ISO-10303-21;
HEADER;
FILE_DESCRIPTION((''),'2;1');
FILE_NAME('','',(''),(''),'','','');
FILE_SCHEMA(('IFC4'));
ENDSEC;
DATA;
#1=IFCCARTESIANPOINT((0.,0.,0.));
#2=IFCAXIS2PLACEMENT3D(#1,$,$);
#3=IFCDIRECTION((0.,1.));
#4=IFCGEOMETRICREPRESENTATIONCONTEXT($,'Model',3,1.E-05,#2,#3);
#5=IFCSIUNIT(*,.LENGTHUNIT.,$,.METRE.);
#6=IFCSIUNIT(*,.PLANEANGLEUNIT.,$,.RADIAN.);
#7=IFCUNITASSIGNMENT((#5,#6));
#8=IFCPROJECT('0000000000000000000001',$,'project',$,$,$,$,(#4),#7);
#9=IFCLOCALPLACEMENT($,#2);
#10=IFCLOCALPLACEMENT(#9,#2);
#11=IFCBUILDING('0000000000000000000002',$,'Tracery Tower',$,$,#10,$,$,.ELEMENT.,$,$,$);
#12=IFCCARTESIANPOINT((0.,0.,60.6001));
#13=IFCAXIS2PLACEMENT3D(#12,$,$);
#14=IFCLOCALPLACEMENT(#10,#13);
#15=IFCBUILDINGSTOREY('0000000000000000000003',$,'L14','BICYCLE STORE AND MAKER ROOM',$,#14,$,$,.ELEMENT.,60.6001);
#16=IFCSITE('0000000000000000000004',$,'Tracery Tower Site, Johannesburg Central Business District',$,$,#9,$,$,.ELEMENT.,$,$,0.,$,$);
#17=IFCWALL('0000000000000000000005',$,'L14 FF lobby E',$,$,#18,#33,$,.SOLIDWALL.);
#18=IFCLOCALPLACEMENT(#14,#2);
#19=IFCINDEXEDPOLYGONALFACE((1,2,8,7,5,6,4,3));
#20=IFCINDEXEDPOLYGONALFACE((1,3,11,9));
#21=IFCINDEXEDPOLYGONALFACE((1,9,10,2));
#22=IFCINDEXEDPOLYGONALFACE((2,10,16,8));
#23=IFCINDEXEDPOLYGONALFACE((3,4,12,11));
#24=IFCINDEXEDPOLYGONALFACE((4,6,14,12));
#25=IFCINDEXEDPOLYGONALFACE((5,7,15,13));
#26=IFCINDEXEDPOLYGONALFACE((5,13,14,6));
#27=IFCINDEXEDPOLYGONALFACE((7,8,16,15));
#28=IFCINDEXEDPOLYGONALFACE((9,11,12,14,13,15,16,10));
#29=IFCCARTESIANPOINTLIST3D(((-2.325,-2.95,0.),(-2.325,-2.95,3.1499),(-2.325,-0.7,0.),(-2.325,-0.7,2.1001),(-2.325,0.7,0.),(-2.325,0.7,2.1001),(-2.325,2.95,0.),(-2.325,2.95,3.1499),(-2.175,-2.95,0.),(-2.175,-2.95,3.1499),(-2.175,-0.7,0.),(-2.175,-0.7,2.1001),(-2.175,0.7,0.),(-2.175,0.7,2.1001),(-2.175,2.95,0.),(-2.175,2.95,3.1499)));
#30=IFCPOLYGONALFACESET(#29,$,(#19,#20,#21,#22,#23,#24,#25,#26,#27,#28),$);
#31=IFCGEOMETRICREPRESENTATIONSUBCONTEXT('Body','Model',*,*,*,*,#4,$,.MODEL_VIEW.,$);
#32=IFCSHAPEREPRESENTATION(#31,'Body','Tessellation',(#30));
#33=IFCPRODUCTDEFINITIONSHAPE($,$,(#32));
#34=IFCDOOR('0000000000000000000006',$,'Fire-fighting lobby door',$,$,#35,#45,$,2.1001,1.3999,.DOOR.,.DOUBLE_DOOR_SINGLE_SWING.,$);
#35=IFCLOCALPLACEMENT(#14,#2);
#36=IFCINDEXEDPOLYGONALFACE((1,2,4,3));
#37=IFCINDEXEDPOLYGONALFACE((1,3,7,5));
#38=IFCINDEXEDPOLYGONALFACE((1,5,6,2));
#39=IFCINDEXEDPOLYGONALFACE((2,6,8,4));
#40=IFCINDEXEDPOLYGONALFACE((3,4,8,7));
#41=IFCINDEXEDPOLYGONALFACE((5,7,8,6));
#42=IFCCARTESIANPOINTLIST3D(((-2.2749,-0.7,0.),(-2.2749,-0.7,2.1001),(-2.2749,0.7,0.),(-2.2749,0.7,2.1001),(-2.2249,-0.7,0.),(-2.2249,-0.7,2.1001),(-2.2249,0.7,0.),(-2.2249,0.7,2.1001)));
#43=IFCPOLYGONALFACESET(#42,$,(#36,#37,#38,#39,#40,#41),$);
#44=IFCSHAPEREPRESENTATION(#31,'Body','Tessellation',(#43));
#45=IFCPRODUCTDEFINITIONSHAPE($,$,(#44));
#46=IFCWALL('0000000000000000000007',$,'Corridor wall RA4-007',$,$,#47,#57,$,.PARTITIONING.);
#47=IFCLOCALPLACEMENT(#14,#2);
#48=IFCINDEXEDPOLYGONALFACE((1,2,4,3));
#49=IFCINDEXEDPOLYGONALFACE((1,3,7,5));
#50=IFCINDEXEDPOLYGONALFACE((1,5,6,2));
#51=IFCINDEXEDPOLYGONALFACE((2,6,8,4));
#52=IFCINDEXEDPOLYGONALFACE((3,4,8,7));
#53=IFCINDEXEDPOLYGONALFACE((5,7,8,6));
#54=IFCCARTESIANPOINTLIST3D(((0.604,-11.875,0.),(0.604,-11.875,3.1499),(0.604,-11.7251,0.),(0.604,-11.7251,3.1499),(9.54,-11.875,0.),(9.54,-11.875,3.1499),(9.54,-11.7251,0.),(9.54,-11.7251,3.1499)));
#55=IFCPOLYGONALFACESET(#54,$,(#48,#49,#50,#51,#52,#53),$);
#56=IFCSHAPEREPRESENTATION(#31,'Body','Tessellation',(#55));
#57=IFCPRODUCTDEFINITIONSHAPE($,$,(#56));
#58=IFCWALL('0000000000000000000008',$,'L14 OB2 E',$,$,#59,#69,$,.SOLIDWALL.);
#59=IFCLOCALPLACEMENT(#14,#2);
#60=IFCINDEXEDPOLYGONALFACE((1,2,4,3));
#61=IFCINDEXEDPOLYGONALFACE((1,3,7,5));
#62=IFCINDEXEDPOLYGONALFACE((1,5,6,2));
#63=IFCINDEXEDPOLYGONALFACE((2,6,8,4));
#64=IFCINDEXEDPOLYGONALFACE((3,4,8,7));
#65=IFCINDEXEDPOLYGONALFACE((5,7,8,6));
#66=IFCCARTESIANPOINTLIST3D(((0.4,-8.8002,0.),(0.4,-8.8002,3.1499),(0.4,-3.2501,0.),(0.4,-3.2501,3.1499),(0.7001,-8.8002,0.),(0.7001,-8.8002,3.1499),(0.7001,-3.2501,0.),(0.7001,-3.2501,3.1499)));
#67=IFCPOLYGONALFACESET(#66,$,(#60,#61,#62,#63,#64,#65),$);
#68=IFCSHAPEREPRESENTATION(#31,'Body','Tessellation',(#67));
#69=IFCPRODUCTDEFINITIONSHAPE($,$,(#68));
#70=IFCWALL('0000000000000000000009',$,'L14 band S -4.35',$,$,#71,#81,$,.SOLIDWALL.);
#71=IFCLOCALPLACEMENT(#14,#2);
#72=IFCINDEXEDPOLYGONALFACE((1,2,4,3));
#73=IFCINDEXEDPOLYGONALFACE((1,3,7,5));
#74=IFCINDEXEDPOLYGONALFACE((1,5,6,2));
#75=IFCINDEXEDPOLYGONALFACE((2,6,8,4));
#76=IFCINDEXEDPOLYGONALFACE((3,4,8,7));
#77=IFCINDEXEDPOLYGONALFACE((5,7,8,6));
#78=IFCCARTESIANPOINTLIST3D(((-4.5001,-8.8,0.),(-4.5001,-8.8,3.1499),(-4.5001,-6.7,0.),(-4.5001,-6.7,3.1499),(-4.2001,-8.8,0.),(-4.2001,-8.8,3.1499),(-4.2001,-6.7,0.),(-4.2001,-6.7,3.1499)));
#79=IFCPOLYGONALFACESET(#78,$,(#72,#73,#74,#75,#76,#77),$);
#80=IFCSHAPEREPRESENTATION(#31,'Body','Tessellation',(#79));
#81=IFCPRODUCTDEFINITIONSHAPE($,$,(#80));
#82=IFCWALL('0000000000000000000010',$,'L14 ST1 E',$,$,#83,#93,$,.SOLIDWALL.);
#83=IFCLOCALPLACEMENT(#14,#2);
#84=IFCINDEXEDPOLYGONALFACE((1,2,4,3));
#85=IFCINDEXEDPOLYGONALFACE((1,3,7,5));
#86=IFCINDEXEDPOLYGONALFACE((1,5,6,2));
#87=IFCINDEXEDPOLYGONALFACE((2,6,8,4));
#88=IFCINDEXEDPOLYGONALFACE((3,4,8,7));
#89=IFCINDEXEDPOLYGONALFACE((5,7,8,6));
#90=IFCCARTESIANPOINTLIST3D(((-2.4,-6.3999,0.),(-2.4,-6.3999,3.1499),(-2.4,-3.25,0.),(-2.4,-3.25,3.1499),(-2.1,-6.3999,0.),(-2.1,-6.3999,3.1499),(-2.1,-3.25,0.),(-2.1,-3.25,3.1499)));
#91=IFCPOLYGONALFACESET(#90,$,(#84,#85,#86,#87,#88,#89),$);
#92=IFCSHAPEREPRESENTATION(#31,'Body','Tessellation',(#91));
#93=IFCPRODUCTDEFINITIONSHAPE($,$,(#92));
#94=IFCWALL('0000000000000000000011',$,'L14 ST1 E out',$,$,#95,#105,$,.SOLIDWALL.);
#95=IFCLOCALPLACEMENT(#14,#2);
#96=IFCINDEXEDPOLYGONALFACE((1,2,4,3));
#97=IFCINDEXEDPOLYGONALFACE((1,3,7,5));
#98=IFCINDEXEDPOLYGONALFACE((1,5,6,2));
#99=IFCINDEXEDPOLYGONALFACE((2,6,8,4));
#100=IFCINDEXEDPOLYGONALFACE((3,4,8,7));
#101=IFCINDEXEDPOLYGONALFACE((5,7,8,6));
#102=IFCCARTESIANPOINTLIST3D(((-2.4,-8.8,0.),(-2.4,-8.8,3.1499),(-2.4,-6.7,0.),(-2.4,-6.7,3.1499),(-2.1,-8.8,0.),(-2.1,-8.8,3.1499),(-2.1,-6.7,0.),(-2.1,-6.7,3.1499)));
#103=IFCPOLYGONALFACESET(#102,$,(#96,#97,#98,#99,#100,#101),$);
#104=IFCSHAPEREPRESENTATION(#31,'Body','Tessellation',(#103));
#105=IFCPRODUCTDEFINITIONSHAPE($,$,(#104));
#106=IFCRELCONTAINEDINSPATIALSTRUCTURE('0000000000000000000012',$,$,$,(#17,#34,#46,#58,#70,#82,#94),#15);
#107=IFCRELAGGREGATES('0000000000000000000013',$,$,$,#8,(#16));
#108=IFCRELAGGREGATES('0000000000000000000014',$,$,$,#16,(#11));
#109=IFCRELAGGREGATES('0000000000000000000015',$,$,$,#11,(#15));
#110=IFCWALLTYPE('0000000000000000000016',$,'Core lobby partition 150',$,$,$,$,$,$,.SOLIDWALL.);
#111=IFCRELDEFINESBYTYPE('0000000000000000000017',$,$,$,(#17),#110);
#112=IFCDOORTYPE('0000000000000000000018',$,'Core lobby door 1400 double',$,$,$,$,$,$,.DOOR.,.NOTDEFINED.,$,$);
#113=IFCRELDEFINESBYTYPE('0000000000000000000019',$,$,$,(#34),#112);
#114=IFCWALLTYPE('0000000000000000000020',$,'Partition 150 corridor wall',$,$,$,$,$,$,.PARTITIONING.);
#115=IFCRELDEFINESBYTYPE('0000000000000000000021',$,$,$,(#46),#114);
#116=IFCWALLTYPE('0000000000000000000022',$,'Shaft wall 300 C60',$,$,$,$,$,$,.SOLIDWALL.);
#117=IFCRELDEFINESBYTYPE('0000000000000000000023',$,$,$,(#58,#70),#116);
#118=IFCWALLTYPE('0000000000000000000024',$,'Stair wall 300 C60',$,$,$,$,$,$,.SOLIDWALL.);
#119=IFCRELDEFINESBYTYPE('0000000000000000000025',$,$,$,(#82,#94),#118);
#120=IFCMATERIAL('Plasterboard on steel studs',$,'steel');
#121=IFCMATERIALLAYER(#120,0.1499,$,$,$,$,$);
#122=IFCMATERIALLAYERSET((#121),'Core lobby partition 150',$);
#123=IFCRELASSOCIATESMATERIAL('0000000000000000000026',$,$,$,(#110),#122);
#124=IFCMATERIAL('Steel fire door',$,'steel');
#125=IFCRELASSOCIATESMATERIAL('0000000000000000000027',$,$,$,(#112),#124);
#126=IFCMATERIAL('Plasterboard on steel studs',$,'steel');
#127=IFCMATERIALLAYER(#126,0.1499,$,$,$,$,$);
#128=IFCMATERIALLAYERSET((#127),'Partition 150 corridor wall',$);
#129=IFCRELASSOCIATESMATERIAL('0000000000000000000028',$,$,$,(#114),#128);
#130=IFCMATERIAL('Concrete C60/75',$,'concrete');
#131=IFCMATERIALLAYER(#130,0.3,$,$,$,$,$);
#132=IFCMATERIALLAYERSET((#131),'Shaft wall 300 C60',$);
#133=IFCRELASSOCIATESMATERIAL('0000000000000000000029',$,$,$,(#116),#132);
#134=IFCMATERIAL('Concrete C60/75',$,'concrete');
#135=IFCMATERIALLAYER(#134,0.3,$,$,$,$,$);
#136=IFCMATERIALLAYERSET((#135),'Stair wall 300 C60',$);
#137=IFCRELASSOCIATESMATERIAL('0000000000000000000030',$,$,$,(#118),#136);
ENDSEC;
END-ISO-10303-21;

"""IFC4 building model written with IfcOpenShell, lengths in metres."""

from ifc_helpers import new_model, si_unit, direction, frame, frame_2d, origin, place, context, subcontext, project, spatial, rectangle, extrude, material, layer, layer_set, type_object, element, fill, save


model = new_model("IFC4")

# Units and contexts
model_context = context("Model", 3, precision=1e-05, world=origin(), true_north=direction((0.0, 1.0)))
body_context = subcontext(model_context, "Body", "Model", "MODEL_VIEW")
ifc_project = project(units=[si_unit("LENGTHUNIT", "METRE"), si_unit("PLANEANGLEUNIT", "RADIAN")], contexts=[model_context])

# Site, building, storey
site_placement = place(None, origin())
site = spatial("IfcSite", under=ifc_project, at=site_placement, Name="Tracery Tower Site, Johannesburg Central Business District", CompositionType="ELEMENT", RefElevation=0.0)
building_placement = place(site_placement, origin())
building = spatial("IfcBuilding", under=site, at=building_placement, Name="Tracery Tower", CompositionType="ELEMENT")
storey_placement = place(building_placement, frame((0.0, 0.0, 60.6001)))
storey = spatial("IfcBuildingStorey", under=building, at=storey_placement, Name="L14", Description="BICYCLE STORE AND MAKER ROOM", CompositionType="ELEMENT", Elevation=60.6001)

# Wall, opening, door
ifc_material_1 = material(Name="Plasterboard on steel studs", Category="steel")
ifc_layer_1 = layer(ifc_material_1, 0.1499)
ifc_layer_set_1 = layer_set([ifc_layer_1], Name="Core lobby partition 150")
wall_type_1 = type_object("IfcWallType", Name="Core lobby partition 150", PredefinedType="SOLIDWALL", material=ifc_layer_set_1)
wall_1_placement = place(storey_placement, frame((-2.25, -2.95, 0.0), z_axis=(0.0, 0.0, 1.0), x_axis=(0.0, 1.0, 0.0)))
wall_1 = element("IfcWall", 1, at=wall_1_placement, inside=storey, type_object=wall_type_1, Name="L14 FF lobby E", PredefinedType="SOLIDWALL", context=body_context, shape_type="SweptSolid", body=[
    extrude(rectangle(XDim=5.8999, YDim=0.1499, at=frame_2d((2.95, 0.0))), origin(), (0.0, 0.0, 1.0), 3.1499),
])
opening_1_placement = place(wall_1_placement, frame((2.25, 0.0, 0.0)))
opening_1 = element("IfcOpeningElement", 2, at=opening_1_placement, cuts=wall_1, PredefinedType="OPENING", context=body_context, shape_type="SweptSolid", body=[
    extrude(rectangle(XDim=1.3999, YDim=2.1001, at=frame_2d((0.7, 1.05))), frame((0.0, 0.075, 0.0), z_axis=(0.0, -1.0, 0.0), x_axis=(1.0, 0.0, 0.0)), (0.0, 0.0, 1.0), 0.1499),
])
ifc_material_2 = material(Name="Steel fire door", Category="steel")
door_type_1 = type_object("IfcDoorType", Name="Core lobby door 1400 double", OperationType="NOTDEFINED", PredefinedType="DOOR", material=ifc_material_2)
door_1_placement = place(opening_1_placement, origin())
door_1 = element("IfcDoor", 3, at=door_1_placement, inside=storey, type_object=door_type_1, Name="Fire-fighting lobby door", OperationType="DOUBLE_DOOR_SINGLE_SWING", OverallHeight=2.1001, OverallWidth=1.3999, PredefinedType="DOOR", context=body_context, shape_type="SweptSolid", body=[
    extrude(rectangle(XDim=1.3999, YDim=2.1001, at=frame_2d((0.7, 1.05))), frame((0.0, 0.0249, 0.0), z_axis=(0.0, -1.0, 0.0), x_axis=(1.0, 0.0, 0.0)), (0.0, 0.0, 1.0), 0.05),
])
fill(opening_1, door_1)

# Wall
ifc_material_3 = material(Name="Plasterboard on steel studs", Category="steel")
ifc_layer_2 = layer(ifc_material_3, 0.1499)
ifc_layer_set_2 = layer_set([ifc_layer_2], Name="Partition 150 corridor wall")
wall_type_2 = type_object("IfcWallType", Name="Partition 150 corridor wall", PredefinedType="PARTITIONING", material=ifc_layer_set_2)
wall_2_placement = place(storey_placement, frame((0.604, -11.8, 0.0), z_axis=(0.0, 0.0, 1.0), x_axis=(1.0, 0.0, 0.0)))
element("IfcWall", 4, at=wall_2_placement, inside=storey, type_object=wall_type_2, Name="Corridor wall RA4-007", PredefinedType="PARTITIONING", context=body_context, shape_type="SweptSolid", body=[
    extrude(rectangle(XDim=8.936, YDim=0.1499, at=frame_2d((4.468, 0.0))), origin(), (0.0, 0.0, 1.0), 3.1499),
])

# Shared definitions
ifc_material_4 = material(Name="Concrete C60/75", Category="concrete")
ifc_layer_3 = layer(ifc_material_4, 0.3)
ifc_layer_set_3 = layer_set([ifc_layer_3], Name="Shaft wall 300 C60")
wall_type_3 = type_object("IfcWallType", Name="Shaft wall 300 C60", PredefinedType="SOLIDWALL", material=ifc_layer_set_3)

# Walls
wall_3_placement = place(storey_placement, frame((0.55, -8.8, 0.0), z_axis=(0.0, 0.0, 1.0), x_axis=(0.0, 1.0, 0.0)))
element("IfcWall", 5, at=wall_3_placement, inside=storey, type_object=wall_type_3, Name="L14 OB2 E", PredefinedType="SOLIDWALL", context=body_context, shape_type="SweptSolid", body=[
    extrude(rectangle(XDim=5.55, YDim=0.3, at=frame_2d((2.7749, 0.0))), origin(), (0.0, 0.0, 1.0), 3.1499),
])
wall_4_placement = place(storey_placement, frame((-4.3501, -8.8, 0.0), z_axis=(0.0, 0.0, 1.0), x_axis=(0.0, 1.0, 0.0)))
element("IfcWall", 6, at=wall_4_placement, inside=storey, type_object=wall_type_3, Name="L14 band S -4.35", PredefinedType="SOLIDWALL", context=body_context, shape_type="SweptSolid", body=[
    extrude(rectangle(XDim=2.1001, YDim=0.3, at=frame_2d((1.05, 0.0))), origin(), (0.0, 0.0, 1.0), 3.1499),
])
ifc_material_5 = material(Name="Concrete C60/75", Category="concrete")
ifc_layer_4 = layer(ifc_material_5, 0.3)
ifc_layer_set_4 = layer_set([ifc_layer_4], Name="Stair wall 300 C60")
wall_type_4 = type_object("IfcWallType", Name="Stair wall 300 C60", PredefinedType="SOLIDWALL", material=ifc_layer_set_4)
wall_5_placement = place(storey_placement, frame((-2.25, -6.3999, 0.0), z_axis=(0.0, 0.0, 1.0), x_axis=(0.0, 1.0, 0.0)))
element("IfcWall", 7, at=wall_5_placement, inside=storey, type_object=wall_type_4, Name="L14 ST1 E", PredefinedType="SOLIDWALL", context=body_context, shape_type="SweptSolid", body=[
    extrude(rectangle(XDim=3.1499, YDim=0.3, at=frame_2d((1.575, 0.0))), origin(), (0.0, 0.0, 1.0), 3.1499),
])
wall_6_placement = place(storey_placement, frame((-2.25, -8.8, 0.0), z_axis=(0.0, 0.0, 1.0), x_axis=(0.0, 1.0, 0.0)))
element("IfcWall", 8, at=wall_6_placement, inside=storey, type_object=wall_type_4, Name="L14 ST1 E out", PredefinedType="SOLIDWALL", context=body_context, shape_type="SweptSolid", body=[
    extrude(rectangle(XDim=2.1001, YDim=0.3, at=frame_2d((1.05, 0.0))), origin(), (0.0, 0.0, 1.0), 3.1499),
])

save(model, "model.ifc")
